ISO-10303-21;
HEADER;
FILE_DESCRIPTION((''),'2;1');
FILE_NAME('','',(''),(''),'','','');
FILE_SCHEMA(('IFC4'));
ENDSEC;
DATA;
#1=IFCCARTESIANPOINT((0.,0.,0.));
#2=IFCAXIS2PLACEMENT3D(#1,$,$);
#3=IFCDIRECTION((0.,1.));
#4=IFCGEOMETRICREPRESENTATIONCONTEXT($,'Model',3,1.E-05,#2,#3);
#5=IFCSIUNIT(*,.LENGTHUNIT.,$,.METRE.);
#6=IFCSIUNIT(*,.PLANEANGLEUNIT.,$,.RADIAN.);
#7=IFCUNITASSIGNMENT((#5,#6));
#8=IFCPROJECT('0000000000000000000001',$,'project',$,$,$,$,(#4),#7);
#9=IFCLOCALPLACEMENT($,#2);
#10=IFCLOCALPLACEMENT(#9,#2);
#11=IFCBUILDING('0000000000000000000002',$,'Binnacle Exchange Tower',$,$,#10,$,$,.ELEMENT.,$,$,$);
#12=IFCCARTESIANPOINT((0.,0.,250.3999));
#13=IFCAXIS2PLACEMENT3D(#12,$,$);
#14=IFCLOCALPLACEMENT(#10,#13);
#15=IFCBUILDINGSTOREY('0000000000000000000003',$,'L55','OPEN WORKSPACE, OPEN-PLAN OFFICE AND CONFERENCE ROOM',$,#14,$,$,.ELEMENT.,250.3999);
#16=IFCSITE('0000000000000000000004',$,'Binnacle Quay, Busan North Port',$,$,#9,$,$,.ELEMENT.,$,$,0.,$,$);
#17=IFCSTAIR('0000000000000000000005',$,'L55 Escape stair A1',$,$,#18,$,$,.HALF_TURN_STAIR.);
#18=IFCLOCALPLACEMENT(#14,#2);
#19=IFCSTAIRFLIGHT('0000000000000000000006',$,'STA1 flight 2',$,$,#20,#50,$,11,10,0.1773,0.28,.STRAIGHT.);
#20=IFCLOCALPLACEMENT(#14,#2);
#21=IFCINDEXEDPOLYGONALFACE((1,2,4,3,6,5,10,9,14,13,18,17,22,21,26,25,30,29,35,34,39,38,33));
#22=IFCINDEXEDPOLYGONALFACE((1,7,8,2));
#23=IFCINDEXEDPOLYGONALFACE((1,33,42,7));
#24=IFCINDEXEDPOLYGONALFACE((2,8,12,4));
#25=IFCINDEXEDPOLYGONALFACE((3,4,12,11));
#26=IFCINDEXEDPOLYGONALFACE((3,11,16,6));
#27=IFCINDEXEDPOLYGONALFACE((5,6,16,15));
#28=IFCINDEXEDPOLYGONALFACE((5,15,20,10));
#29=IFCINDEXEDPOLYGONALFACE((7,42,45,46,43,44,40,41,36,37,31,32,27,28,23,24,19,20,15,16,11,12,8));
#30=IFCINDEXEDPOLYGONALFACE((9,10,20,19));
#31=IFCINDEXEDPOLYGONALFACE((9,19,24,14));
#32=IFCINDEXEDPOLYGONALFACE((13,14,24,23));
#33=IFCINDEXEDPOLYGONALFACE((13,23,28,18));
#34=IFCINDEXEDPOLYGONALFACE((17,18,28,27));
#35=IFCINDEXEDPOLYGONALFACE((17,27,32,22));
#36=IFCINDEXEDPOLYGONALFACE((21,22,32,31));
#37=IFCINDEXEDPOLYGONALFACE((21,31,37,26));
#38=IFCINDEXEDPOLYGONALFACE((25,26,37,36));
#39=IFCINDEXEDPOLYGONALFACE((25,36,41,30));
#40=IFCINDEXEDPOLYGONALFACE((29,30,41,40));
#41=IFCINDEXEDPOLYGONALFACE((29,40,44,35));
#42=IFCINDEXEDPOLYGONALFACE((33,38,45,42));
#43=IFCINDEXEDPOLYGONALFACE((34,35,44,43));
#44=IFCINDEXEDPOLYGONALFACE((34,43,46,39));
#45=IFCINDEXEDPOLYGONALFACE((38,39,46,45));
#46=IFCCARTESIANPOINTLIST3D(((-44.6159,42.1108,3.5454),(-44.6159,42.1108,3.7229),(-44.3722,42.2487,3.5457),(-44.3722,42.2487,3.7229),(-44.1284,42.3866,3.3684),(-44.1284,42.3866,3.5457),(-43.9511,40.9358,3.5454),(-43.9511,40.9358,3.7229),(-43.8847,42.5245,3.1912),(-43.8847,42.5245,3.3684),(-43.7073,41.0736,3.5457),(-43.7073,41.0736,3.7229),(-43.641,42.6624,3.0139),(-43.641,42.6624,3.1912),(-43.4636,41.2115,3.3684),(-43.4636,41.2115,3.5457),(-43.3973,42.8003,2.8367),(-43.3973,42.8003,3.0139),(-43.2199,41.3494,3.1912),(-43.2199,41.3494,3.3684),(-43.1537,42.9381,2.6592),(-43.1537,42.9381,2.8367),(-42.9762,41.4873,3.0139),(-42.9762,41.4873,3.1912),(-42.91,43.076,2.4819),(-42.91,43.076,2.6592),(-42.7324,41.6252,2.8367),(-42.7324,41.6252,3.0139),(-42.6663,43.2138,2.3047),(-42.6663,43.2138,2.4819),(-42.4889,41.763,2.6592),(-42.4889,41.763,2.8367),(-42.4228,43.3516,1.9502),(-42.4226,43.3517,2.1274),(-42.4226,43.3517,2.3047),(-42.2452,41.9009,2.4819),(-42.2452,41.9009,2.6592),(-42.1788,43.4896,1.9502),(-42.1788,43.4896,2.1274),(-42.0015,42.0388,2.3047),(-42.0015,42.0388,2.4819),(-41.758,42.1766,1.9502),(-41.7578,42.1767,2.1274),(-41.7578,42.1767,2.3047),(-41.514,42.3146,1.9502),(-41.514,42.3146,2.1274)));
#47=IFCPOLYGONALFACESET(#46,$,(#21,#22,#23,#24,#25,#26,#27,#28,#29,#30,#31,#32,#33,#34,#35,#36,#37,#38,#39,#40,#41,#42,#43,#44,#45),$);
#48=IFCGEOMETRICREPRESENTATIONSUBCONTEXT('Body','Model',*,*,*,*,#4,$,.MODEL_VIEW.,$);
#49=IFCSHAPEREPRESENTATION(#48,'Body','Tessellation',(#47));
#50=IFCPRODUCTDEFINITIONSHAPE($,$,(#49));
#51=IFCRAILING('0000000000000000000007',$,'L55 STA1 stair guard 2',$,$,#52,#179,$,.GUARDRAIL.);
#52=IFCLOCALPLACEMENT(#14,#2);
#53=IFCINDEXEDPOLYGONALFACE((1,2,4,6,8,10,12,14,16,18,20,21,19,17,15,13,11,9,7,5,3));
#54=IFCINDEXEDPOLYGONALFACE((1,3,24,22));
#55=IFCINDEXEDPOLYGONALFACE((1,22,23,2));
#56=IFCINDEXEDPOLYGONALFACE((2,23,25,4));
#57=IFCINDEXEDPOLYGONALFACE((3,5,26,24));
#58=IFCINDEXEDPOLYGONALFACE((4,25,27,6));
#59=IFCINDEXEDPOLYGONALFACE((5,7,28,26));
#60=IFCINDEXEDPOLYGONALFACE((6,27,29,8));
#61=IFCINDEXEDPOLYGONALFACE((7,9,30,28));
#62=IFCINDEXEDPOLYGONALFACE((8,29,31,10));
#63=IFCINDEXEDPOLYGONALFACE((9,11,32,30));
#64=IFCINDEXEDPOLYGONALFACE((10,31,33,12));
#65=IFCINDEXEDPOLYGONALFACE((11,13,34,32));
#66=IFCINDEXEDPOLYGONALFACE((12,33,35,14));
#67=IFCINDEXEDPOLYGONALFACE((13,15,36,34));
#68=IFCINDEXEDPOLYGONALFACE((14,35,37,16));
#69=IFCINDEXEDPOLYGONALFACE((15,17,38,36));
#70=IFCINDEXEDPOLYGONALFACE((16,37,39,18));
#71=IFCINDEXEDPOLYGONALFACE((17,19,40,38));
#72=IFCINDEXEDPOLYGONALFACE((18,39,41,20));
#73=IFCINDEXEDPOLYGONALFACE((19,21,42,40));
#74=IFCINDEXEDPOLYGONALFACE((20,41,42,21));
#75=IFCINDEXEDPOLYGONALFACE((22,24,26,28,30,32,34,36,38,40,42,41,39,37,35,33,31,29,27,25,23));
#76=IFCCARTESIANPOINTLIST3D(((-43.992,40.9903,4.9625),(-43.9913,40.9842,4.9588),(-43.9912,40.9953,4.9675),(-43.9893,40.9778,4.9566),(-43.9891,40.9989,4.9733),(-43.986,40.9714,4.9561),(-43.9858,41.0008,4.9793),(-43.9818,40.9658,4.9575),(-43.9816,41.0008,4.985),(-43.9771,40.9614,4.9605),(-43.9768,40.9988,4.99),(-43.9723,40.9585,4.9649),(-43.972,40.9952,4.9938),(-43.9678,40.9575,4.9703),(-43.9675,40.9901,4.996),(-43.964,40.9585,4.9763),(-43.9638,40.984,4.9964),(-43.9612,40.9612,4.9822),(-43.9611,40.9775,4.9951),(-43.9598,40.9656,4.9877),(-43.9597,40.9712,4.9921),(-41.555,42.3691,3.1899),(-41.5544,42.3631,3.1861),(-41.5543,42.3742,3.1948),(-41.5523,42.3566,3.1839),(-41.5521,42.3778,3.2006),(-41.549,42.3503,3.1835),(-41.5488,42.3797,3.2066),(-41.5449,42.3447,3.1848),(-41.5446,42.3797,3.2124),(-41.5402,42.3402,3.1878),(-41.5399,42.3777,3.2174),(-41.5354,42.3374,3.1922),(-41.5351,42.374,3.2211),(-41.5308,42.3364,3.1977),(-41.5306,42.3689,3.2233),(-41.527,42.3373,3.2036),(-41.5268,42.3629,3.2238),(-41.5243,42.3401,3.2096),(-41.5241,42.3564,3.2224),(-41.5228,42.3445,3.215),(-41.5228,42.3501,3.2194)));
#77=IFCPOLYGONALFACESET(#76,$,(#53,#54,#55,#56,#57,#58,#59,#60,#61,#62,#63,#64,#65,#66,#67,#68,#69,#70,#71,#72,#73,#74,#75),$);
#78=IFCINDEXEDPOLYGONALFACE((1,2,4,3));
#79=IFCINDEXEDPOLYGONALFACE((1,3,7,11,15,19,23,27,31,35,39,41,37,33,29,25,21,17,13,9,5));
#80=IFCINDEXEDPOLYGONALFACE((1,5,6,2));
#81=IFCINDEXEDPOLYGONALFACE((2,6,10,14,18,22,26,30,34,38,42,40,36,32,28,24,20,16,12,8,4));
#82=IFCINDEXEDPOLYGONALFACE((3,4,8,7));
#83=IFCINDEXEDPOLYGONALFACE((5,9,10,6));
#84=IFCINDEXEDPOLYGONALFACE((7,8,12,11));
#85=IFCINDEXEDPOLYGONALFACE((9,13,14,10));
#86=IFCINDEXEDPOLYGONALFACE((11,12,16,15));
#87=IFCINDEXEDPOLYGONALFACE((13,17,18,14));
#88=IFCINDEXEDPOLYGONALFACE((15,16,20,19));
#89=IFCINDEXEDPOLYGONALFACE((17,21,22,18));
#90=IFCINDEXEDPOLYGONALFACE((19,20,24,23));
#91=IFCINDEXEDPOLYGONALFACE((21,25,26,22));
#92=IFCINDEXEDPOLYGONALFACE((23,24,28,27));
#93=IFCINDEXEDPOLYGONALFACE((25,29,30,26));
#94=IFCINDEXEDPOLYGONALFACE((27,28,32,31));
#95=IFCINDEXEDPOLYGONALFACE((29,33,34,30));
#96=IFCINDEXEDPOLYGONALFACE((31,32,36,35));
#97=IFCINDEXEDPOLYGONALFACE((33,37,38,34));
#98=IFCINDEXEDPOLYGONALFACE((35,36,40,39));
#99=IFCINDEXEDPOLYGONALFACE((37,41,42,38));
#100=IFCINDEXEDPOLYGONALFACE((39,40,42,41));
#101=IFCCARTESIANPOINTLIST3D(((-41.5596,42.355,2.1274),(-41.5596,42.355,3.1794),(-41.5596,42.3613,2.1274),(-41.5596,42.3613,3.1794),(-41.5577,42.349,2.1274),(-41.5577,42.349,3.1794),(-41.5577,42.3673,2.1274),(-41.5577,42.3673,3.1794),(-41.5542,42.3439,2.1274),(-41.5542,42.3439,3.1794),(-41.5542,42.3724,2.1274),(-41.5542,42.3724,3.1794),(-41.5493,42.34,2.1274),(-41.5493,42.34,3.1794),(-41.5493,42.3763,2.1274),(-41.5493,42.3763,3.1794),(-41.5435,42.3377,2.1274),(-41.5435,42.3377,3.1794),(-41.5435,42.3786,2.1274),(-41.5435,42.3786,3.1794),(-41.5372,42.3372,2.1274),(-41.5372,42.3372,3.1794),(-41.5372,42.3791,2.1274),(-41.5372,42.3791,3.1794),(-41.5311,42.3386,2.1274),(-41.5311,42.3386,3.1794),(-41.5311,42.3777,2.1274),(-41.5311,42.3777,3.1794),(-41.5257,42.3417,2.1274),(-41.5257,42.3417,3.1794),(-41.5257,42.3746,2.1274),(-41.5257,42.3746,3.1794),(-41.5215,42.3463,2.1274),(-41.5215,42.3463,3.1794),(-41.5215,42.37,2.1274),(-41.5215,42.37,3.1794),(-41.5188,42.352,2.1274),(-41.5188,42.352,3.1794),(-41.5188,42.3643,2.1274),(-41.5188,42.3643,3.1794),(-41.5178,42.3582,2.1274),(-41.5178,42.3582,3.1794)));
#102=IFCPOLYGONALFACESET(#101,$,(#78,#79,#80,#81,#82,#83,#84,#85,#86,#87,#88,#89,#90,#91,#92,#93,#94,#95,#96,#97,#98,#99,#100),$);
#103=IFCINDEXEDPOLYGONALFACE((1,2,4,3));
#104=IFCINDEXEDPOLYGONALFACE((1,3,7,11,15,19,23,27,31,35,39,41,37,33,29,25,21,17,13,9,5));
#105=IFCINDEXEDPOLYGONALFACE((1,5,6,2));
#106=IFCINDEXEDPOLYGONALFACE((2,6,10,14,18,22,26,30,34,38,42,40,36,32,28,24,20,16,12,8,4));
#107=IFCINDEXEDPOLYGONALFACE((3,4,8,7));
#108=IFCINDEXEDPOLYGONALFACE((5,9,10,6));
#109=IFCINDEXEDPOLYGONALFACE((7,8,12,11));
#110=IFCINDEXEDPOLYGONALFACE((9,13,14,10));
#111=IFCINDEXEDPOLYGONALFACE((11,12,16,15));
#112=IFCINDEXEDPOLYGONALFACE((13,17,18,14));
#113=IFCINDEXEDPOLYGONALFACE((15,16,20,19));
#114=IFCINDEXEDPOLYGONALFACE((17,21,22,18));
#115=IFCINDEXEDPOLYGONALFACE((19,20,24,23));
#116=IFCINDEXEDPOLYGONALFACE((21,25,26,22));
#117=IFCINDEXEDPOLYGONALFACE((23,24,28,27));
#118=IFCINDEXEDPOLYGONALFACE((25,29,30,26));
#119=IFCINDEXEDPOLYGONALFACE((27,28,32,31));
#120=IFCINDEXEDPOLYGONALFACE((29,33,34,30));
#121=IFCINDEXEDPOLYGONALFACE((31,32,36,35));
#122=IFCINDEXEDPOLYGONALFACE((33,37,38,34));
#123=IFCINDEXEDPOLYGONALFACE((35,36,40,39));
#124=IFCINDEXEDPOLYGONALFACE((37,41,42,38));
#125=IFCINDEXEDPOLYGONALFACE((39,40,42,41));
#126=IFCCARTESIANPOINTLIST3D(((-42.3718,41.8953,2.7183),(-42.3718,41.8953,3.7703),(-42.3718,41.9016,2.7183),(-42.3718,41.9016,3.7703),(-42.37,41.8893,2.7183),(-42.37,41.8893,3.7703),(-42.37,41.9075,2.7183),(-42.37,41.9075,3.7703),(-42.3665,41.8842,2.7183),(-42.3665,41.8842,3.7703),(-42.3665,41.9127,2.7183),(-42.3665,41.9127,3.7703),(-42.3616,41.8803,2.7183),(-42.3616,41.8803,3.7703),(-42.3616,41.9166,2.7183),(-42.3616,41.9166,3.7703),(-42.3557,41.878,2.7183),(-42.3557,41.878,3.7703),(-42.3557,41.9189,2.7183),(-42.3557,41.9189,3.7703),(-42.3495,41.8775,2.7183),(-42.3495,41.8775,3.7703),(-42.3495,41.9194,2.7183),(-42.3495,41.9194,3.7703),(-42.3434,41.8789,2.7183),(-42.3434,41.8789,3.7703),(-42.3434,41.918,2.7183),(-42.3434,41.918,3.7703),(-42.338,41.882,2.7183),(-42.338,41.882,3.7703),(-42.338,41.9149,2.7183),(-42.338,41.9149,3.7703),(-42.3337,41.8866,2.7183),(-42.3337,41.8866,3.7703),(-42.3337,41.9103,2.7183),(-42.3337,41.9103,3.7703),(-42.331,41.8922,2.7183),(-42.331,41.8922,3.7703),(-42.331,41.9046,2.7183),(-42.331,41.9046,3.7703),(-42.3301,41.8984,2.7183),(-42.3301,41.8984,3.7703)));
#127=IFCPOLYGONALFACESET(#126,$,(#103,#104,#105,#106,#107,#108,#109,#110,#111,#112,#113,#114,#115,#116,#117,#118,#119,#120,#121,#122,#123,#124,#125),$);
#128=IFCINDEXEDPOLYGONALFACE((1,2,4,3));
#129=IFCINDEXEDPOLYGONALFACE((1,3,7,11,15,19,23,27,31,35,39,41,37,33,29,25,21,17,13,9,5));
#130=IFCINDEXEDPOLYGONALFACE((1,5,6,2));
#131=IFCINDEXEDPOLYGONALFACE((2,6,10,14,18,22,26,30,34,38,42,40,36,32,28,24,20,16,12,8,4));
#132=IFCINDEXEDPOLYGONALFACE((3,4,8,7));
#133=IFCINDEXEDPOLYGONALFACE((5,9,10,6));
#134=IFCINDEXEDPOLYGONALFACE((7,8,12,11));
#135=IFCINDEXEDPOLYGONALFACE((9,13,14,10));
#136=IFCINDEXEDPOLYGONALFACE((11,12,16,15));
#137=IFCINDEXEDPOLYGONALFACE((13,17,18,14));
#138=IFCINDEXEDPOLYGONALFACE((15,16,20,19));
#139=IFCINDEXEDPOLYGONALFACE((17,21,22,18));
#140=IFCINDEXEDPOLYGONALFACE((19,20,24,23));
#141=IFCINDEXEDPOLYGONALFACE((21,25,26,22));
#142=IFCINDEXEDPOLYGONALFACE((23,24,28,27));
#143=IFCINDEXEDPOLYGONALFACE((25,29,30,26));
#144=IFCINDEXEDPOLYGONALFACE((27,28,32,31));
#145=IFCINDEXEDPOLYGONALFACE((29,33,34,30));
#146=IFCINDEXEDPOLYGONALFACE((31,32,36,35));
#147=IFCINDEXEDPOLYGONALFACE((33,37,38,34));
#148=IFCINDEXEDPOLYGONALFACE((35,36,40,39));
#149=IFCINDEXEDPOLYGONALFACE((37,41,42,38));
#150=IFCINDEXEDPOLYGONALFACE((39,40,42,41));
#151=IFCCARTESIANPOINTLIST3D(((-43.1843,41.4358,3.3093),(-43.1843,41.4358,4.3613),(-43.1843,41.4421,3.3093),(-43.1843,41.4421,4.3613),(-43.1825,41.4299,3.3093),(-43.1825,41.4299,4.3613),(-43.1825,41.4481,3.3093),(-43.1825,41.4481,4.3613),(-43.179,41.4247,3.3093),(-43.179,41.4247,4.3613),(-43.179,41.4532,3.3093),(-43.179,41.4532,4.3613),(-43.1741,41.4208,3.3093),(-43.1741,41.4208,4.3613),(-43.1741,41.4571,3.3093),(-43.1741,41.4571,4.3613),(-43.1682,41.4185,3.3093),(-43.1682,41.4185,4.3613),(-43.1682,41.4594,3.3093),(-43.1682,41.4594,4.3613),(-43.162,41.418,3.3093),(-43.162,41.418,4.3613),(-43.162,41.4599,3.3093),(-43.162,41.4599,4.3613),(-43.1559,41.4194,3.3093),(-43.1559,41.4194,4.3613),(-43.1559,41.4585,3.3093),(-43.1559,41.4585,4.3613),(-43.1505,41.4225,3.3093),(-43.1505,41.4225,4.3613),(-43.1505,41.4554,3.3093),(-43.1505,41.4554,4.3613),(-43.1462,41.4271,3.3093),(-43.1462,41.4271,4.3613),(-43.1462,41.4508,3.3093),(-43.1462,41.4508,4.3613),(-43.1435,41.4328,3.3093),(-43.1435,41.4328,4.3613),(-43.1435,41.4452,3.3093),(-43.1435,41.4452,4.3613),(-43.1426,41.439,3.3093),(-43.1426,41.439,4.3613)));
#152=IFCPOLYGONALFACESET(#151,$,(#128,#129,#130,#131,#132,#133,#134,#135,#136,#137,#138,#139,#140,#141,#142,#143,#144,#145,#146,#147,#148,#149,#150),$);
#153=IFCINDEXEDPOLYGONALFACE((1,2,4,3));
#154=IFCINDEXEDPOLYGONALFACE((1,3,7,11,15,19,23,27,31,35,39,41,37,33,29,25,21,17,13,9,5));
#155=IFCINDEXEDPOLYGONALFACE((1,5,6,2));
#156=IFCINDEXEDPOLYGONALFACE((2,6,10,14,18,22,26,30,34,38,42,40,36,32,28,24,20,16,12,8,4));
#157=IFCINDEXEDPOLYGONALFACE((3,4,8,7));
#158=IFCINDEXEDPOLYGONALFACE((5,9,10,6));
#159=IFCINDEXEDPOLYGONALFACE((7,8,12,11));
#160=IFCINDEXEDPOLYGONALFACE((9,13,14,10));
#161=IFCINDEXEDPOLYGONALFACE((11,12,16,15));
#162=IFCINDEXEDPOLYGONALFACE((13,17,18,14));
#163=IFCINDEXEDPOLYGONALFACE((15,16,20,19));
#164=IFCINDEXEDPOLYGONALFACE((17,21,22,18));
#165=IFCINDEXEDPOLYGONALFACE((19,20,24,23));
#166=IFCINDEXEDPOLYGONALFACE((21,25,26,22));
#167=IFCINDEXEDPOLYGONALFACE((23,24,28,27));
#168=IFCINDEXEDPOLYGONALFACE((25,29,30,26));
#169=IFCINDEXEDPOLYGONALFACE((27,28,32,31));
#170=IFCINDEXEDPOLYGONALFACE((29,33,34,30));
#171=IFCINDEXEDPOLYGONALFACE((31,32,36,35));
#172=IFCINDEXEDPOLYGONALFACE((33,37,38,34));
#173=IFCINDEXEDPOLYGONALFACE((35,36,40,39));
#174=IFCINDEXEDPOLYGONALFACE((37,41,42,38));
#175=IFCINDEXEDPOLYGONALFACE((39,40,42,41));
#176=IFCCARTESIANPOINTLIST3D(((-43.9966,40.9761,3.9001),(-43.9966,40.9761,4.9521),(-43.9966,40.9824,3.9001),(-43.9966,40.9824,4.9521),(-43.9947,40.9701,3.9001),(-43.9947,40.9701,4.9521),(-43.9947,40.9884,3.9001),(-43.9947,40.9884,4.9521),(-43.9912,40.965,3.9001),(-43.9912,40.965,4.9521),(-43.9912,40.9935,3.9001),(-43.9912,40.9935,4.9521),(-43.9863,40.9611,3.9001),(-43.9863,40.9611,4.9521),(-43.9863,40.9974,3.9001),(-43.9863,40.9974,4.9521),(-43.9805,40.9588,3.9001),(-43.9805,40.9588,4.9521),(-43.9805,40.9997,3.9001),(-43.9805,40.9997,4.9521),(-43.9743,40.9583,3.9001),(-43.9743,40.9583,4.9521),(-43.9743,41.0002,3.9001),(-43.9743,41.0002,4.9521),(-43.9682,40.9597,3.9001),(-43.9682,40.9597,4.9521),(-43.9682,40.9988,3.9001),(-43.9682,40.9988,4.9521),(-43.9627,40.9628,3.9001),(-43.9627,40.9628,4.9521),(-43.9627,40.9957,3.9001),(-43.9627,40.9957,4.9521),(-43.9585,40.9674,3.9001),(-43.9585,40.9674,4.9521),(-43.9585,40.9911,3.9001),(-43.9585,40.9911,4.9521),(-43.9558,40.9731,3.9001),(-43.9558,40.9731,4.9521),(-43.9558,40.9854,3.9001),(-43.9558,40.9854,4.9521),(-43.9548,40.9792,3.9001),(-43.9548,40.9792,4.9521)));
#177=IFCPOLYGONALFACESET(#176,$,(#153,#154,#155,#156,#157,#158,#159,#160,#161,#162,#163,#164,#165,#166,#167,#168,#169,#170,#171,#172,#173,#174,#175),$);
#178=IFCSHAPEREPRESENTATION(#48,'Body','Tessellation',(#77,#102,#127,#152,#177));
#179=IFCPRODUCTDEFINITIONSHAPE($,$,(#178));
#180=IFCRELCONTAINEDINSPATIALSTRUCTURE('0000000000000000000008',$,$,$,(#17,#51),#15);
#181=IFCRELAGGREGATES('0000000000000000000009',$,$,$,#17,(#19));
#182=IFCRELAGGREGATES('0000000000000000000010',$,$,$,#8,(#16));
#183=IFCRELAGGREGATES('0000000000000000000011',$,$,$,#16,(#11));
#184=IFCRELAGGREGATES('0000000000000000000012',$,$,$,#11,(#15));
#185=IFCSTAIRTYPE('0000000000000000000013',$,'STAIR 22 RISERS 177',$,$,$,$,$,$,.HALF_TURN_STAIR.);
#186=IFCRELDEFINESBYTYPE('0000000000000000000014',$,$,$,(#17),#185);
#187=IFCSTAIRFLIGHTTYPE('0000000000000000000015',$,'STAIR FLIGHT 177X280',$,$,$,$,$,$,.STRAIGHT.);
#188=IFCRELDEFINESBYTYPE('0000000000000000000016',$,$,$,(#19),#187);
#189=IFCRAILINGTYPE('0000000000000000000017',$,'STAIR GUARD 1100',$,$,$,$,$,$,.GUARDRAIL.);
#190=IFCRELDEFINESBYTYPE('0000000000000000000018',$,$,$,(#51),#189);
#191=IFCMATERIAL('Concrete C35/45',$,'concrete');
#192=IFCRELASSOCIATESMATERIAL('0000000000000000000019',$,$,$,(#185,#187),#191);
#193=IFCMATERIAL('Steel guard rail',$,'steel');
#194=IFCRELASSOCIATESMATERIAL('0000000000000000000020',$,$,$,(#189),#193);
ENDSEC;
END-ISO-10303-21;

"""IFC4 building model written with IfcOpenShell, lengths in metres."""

from ifc_helpers import new_model, si_unit, direction, frame, origin, origin_2d, place, context, subcontext, project, spatial, polyline, circle, outline, extrude, material, type_object, element, aggregate, save


model = new_model("IFC4")

# Units and contexts
model_context = context("Model", 3, precision=1e-05, world=origin(), true_north=direction((0.0, 1.0)))
body_context = subcontext(model_context, "Body", "Model", "MODEL_VIEW")
ifc_project = project(units=[si_unit("LENGTHUNIT", "METRE"), si_unit("PLANEANGLEUNIT", "RADIAN")], contexts=[model_context])

# Site, building, storey
site_placement = place(None, origin())
site = spatial("IfcSite", under=ifc_project, at=site_placement, Name="Binnacle Quay, Busan North Port", CompositionType="ELEMENT", RefElevation=0.0)
building_placement = place(site_placement, origin())
building = spatial("IfcBuilding", under=site, at=building_placement, Name="Binnacle Exchange Tower", CompositionType="ELEMENT")
storey_placement = place(building_placement, frame((0.0, 0.0, 250.3999)))
storey = spatial("IfcBuildingStorey", under=building, at=storey_placement, Name="L55", Description="OPEN WORKSPACE, OPEN-PLAN OFFICE AND CONFERENCE ROOM", CompositionType="ELEMENT", Elevation=250.3999)

# Stair, stair flight
ifc_material_1 = material(Name="Concrete C35/45", Category="concrete")
stair_type = type_object("IfcStairType", Name="STAIR 22 RISERS 177", PredefinedType="HALF_TURN_STAIR", material=ifc_material_1)
stair_placement = place(storey_placement, origin())
stair = element("IfcStair", 1, at=stair_placement, inside=storey, type_object=stair_type, Name="L55 Escape stair A1", PredefinedType="HALF_TURN_STAIR")
stair_flight_type = type_object("IfcStairFlightType", Name="STAIR FLIGHT 177X280", PredefinedType="STRAIGHT", material=ifc_material_1)
stair_flight_1_placement = place(storey_placement, frame((-41.8464, 42.9021, 1.9502), z_axis=(0.0, 0.0, 1.0), x_axis=(-0.870356, -0.492424, 0.0)))
stair_flight_1 = element("IfcStairFlight", 2, at=stair_flight_1_placement, type_object=stair_flight_type, Name="STA1 flight 2", NumberOfRisers=11, NumberOfTreads=10, PredefinedType="STRAIGHT", RiserHeight=0.1773, TreadLength=0.28, context=body_context, shape_type="SweptSolid", body=[
    extrude(outline(polyline([(0.0, 0.0), (0.0, 0.1772), (0.28, 0.1772), (0.28, 0.3545), (0.5601, 0.3545), (0.5601, 0.5317), (0.8401, 0.5317), (0.8401, 0.709), (1.1201, 0.709), (1.1201, 0.8865), (1.3999, 0.8865), (1.3999, 1.0637), (1.6799, 1.0637), (1.6799, 1.241), (1.96, 1.241), (1.96, 1.4182), (2.24, 1.4182), (2.24, 1.5955), (2.52, 1.5955), (2.52, 1.7727), (2.8, 1.7727), (2.8, 1.95), (2.8, 1.5952), (0.2803, 0.0), (0.0, 0.0)])), frame((0.0, 0.675, 0.0), z_axis=(0.0, -1.0, 0.0), x_axis=(1.0, 0.0, 0.0)), (0.0, 0.0, 1.0), 1.3501),
])
aggregate(stair, [stair_flight_1])

# Railing
ifc_material_2 = material(Name="Steel guard rail", Category="steel")
railing_type = type_object("IfcRailingType", Name="STAIR GUARD 1100", PredefinedType="GUARDRAIL", material=ifc_material_2)
railing_1_placement = place(storey_placement, frame((-41.5388, 42.3582, 2.1274)))
element("IfcRailing", 3, at=railing_1_placement, inside=storey, type_object=railing_type, Name="L55 STA1 stair guard 2", PredefinedType="GUARDRAIL", context=body_context, shape_type="SweptSolid", body=[
    extrude(circle(Radius=0.0239, at=origin_2d()), frame((0.0, 0.0, 1.0762), z_axis=(-0.735359, -0.41608, 0.534907), x_axis=(0.492454, -0.870339, 0.0)), (0.0, 0.0, 1.0), 3.314),
    extrude(circle(Radius=0.021, at=origin_2d()), origin(), (0.0, 0.0, 1.0), 1.052),
    extrude(circle(Radius=0.021, at=origin_2d()), frame((-0.8123, -0.4597, 0.5908)), (0.0, 0.0, 1.0), 1.052),
    extrude(circle(Radius=0.021, at=origin_2d()), frame((-1.6248, -0.9192, 1.1819)), (0.0, 0.0, 1.0), 1.052),
    extrude(circle(Radius=0.021, at=origin_2d()), frame((-2.437, -1.3789, 1.7727)), (0.0, 0.0, 1.0), 1.052),
])

save(model, "model.ifc")
